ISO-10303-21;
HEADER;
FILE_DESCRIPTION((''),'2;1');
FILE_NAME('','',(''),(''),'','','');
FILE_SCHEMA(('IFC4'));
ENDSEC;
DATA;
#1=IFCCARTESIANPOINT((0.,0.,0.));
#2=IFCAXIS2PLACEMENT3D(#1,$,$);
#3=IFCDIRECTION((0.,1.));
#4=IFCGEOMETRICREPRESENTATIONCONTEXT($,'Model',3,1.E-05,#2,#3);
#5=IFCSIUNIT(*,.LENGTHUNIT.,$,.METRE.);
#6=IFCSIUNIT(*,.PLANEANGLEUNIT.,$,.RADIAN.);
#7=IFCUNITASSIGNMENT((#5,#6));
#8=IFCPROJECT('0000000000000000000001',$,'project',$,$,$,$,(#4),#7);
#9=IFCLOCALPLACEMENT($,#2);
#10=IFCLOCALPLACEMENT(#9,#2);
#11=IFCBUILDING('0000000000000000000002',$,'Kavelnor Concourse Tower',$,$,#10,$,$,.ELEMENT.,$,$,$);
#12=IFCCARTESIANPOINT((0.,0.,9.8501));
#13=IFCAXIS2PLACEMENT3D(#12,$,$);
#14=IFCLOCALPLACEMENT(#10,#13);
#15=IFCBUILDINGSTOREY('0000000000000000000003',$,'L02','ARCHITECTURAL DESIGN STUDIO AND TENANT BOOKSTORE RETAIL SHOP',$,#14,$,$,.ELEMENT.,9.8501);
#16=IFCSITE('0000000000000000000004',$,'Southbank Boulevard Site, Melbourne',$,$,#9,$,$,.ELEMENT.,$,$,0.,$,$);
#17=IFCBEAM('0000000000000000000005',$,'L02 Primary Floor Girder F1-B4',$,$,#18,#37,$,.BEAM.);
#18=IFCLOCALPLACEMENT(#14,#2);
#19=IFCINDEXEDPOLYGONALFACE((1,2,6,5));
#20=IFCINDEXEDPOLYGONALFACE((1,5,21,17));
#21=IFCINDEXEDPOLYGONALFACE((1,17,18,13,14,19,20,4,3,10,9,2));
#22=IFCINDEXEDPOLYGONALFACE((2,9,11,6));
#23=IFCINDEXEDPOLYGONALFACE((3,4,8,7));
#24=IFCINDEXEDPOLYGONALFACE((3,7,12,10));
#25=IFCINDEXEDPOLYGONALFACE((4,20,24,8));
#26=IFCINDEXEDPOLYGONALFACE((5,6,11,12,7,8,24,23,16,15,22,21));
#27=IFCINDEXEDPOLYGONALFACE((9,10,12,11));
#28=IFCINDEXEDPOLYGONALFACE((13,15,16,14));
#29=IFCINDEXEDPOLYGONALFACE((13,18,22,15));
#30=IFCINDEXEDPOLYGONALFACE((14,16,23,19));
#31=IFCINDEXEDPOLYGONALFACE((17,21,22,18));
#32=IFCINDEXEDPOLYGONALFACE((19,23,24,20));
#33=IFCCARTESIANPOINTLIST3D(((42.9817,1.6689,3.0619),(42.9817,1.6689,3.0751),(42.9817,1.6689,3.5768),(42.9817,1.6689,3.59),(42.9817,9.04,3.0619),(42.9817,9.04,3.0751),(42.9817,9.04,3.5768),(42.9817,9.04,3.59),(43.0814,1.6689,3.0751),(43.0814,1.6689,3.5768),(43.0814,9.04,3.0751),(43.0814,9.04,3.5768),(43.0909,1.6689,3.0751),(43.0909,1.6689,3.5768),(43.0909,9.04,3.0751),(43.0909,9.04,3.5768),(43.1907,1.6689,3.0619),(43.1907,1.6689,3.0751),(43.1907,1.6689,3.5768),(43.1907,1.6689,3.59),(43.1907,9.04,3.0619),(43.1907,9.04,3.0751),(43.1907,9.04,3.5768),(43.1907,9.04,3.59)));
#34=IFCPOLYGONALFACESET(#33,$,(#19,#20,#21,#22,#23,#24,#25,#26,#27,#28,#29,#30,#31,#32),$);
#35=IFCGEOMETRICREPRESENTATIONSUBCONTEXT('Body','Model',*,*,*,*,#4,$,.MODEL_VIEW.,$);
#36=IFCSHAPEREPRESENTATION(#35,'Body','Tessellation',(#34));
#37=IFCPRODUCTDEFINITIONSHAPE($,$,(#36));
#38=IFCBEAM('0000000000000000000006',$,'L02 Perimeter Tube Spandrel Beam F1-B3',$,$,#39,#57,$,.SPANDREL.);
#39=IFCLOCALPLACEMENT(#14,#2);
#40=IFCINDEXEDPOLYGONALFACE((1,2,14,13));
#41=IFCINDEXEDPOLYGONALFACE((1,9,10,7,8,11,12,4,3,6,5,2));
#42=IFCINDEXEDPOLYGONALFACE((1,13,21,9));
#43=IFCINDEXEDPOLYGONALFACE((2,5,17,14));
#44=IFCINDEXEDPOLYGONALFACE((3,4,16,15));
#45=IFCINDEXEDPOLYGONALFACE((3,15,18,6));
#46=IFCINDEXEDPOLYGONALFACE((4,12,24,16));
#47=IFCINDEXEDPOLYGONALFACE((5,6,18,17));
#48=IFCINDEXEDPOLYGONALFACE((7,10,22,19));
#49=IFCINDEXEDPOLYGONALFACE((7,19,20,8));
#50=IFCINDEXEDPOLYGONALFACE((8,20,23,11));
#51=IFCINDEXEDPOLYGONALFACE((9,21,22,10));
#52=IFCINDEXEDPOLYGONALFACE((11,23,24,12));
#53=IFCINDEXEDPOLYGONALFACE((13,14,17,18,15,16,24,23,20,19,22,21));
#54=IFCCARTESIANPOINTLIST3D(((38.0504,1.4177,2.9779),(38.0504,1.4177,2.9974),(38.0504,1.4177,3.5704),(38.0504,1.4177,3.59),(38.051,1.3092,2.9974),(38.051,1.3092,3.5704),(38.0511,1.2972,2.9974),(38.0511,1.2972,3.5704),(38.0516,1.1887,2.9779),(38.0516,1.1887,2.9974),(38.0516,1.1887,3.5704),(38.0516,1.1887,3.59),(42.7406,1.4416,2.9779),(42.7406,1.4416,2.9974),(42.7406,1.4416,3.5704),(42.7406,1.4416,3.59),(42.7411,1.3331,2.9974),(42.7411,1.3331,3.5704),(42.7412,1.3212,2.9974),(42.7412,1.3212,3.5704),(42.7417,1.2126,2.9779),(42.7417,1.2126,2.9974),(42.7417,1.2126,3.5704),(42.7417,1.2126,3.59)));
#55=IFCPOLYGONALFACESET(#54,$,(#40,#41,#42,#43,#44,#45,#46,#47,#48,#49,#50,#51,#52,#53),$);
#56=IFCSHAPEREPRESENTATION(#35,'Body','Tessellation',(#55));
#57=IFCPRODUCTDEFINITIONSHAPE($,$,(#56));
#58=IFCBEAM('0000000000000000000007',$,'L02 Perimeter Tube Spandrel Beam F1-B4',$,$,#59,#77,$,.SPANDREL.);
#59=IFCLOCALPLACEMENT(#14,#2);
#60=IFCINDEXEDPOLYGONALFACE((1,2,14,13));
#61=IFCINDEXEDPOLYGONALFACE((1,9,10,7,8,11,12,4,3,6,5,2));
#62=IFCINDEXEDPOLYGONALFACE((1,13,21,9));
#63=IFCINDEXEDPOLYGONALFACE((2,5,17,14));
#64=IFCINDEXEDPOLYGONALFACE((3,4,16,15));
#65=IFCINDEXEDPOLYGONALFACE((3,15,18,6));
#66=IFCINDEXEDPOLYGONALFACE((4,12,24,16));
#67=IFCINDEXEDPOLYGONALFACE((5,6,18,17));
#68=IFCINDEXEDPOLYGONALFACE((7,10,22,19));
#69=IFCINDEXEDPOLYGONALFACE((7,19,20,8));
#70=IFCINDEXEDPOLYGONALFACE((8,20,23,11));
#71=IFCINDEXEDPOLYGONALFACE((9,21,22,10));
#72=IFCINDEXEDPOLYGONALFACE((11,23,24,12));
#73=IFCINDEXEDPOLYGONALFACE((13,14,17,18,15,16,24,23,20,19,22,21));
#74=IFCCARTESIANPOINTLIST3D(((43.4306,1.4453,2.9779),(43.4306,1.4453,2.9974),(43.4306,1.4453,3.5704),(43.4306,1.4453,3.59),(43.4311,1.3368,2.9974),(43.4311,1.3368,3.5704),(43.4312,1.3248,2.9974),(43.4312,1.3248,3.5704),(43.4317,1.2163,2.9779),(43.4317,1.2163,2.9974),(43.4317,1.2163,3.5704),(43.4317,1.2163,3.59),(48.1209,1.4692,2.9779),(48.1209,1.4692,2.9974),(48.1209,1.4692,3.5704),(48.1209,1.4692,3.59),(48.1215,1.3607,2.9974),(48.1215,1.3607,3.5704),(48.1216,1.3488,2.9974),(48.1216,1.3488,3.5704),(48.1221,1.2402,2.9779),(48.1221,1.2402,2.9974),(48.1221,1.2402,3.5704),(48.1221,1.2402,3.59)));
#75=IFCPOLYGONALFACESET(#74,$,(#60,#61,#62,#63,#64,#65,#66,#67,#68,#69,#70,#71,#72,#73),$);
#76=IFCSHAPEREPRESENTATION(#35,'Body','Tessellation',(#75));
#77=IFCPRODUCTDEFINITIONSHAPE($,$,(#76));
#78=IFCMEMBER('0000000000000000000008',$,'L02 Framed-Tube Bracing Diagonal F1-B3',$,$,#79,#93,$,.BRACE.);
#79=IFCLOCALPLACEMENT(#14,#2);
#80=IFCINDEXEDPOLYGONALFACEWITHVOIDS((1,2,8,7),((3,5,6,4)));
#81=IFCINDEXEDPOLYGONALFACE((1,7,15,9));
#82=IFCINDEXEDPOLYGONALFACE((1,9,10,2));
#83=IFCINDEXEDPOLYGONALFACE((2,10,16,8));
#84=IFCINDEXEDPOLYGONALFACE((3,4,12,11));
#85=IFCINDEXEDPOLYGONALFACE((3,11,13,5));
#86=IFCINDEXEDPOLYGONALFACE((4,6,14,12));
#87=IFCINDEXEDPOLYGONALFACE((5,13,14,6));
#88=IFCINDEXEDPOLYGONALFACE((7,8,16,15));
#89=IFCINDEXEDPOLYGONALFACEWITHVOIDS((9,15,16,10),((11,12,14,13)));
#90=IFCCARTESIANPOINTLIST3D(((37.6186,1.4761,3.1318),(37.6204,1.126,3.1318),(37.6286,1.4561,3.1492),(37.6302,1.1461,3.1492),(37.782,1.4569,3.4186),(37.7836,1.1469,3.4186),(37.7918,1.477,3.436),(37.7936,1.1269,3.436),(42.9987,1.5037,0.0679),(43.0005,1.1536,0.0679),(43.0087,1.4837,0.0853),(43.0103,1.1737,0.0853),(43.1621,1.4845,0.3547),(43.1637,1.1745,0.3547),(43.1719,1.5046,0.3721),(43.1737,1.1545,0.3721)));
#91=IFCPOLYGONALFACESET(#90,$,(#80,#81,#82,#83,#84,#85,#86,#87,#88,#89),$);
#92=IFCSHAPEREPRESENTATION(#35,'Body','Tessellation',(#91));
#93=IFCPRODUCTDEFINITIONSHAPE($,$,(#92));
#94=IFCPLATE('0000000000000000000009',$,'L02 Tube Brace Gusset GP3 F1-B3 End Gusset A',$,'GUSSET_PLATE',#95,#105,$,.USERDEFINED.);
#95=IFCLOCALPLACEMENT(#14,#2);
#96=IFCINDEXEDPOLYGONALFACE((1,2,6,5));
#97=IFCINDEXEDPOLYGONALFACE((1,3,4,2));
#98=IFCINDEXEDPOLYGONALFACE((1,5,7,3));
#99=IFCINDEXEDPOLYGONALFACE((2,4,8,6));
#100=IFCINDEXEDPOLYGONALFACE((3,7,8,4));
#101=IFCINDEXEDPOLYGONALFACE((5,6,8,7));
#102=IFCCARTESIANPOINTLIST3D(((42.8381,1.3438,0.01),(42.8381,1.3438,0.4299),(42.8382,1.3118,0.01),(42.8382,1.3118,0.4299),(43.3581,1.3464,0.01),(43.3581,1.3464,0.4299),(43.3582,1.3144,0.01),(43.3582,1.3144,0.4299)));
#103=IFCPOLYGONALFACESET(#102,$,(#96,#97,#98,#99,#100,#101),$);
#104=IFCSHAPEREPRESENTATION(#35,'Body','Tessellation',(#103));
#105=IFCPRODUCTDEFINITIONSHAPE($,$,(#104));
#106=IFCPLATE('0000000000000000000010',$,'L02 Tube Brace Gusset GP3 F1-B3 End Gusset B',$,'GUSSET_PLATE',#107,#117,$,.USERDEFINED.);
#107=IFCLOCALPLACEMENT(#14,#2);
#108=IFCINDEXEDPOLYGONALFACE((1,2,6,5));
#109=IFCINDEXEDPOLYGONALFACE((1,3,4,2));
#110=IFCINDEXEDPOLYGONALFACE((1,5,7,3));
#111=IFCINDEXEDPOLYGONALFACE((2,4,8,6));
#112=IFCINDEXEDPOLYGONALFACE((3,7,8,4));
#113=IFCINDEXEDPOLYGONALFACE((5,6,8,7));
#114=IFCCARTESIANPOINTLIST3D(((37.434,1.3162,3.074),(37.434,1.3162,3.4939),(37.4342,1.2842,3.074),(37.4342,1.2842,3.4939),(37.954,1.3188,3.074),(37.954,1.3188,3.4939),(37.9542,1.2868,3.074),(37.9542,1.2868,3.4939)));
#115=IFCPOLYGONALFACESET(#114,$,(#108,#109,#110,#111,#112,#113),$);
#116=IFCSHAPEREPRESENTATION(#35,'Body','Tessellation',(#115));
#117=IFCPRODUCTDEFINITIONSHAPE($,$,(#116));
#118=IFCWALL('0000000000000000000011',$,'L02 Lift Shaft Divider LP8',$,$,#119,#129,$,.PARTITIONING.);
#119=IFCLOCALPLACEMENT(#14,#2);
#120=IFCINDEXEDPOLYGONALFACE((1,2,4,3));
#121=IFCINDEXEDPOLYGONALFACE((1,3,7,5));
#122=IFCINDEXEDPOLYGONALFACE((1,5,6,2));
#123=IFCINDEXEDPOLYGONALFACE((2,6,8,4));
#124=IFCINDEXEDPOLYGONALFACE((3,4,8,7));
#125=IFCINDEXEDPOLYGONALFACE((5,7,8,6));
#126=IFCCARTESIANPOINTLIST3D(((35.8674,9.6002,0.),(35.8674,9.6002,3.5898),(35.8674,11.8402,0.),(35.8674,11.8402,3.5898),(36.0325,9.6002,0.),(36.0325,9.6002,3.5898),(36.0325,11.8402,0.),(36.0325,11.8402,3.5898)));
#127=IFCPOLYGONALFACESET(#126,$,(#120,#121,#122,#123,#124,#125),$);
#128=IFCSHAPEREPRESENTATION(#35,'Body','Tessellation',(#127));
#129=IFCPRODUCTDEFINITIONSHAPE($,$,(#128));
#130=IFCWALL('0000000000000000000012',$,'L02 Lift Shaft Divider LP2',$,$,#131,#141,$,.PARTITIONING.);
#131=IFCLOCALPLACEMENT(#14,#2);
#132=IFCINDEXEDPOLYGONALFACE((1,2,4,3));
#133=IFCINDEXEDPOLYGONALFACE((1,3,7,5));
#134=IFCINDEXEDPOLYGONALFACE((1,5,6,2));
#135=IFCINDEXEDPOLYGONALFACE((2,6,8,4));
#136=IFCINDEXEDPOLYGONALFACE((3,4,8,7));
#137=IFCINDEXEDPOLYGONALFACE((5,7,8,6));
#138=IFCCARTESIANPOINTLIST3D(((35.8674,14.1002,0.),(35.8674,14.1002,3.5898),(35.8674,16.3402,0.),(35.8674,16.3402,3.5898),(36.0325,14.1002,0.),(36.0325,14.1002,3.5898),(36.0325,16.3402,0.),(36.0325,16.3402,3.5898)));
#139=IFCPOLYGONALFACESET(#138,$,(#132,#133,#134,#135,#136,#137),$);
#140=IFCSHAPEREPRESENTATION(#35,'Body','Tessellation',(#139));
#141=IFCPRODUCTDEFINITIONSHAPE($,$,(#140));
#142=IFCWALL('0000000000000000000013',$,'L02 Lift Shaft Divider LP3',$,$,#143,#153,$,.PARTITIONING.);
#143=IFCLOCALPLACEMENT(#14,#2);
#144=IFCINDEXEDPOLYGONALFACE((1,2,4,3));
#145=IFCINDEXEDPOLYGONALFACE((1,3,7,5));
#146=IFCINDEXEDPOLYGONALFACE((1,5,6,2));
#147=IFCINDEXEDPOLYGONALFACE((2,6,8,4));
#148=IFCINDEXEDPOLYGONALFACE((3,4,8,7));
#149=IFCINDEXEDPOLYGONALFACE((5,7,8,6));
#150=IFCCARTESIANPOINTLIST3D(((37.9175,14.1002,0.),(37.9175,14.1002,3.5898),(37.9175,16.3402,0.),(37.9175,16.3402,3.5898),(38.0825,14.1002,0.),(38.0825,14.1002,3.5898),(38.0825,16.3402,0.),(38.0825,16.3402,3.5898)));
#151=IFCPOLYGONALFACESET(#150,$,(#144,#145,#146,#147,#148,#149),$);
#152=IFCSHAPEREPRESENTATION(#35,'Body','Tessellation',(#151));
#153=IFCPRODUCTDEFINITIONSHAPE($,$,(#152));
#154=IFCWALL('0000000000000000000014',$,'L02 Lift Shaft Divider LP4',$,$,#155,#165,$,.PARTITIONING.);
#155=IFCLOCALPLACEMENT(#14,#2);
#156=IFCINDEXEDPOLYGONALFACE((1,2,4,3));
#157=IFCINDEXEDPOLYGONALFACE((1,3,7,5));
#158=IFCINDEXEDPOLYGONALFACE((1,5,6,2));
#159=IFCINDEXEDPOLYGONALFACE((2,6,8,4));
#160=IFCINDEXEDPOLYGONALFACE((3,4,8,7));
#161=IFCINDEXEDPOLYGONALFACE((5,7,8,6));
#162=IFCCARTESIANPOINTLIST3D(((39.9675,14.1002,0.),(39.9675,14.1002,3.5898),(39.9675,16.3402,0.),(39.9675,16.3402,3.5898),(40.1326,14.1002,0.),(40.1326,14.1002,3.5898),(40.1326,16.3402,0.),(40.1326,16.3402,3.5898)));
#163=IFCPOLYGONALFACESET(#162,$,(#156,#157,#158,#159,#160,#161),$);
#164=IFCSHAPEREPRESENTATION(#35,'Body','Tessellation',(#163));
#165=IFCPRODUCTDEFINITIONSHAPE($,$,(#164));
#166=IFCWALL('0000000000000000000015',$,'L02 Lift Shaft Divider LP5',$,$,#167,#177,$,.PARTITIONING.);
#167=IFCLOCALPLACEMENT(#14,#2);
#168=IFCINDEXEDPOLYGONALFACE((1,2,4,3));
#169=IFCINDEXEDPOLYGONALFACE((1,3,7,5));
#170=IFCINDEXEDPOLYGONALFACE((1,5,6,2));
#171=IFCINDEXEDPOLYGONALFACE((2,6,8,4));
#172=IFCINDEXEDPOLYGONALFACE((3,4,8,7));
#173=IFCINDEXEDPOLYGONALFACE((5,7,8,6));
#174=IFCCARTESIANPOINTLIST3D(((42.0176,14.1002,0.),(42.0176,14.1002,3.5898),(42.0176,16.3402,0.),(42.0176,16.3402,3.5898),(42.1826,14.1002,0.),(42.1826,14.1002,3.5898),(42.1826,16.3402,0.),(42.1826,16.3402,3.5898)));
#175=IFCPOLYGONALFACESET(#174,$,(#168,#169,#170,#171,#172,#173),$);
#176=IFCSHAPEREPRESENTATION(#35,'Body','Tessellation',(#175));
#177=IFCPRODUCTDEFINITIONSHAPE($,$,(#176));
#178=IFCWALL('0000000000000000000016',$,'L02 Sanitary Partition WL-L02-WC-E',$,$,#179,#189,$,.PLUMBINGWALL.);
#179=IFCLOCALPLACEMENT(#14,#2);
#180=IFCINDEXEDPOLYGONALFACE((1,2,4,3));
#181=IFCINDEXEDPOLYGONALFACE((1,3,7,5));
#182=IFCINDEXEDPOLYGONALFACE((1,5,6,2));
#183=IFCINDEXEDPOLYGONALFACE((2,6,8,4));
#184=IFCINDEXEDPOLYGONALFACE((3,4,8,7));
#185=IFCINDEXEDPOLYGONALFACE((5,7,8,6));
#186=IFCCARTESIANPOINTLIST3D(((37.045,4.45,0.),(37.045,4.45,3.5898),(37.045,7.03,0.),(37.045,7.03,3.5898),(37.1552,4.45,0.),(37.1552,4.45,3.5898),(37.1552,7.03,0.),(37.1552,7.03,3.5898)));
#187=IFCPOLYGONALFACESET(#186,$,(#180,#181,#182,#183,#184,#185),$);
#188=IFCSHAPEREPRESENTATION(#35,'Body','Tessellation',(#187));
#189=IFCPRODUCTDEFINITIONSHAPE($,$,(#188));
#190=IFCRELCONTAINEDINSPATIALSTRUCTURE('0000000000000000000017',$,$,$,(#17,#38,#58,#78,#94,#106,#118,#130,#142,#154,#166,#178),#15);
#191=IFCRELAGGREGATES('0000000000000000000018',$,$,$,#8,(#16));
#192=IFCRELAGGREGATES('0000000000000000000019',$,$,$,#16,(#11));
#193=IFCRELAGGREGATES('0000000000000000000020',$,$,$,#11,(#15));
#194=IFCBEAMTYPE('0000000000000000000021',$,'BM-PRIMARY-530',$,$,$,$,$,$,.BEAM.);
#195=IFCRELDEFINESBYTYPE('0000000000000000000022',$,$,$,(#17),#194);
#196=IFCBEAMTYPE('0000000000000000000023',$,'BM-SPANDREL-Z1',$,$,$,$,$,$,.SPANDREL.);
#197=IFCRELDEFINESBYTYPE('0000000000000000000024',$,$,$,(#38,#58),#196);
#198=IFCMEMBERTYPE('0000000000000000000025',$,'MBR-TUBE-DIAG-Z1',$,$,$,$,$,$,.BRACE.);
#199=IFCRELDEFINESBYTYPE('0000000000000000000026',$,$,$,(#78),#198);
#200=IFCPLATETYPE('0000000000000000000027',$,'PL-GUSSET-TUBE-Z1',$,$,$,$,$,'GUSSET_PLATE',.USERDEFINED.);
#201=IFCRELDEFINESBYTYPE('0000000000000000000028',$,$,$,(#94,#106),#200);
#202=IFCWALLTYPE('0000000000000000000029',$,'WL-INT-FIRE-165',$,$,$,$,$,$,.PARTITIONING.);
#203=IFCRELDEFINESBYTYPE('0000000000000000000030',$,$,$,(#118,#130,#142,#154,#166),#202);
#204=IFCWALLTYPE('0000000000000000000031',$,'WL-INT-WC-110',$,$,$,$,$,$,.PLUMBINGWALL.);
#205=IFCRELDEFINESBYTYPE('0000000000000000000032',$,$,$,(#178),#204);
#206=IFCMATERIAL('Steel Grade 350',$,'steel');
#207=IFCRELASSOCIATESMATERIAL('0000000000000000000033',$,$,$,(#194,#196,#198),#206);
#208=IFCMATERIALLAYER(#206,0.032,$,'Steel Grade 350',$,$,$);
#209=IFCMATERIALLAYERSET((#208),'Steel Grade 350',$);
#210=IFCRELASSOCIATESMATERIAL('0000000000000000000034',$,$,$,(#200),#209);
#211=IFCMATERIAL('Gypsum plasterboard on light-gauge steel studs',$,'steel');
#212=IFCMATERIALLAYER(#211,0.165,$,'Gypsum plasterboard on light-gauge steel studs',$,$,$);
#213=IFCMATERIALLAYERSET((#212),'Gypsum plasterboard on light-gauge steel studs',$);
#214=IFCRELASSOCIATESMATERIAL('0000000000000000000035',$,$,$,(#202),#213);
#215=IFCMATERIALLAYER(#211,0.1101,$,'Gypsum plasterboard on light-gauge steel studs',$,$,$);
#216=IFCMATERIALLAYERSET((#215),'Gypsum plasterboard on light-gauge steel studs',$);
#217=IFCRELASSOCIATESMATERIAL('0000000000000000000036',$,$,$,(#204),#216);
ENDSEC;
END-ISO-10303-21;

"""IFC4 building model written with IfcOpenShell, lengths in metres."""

from ifc_helpers import new_model, si_unit, direction, frame, frame_2d, origin, origin_2d, place, context, subcontext, project, spatial, rectangle, hollow_rectangle, i_section, extrude, material, layer, layer_set, material_profile, profile_set, type_object, element, save


model = new_model("IFC4")

# Units and contexts
model_context = context("Model", 3, precision=1e-05, world=origin(), true_north=direction((0.0, 1.0)))
body_context = subcontext(model_context, "Body", "Model", "MODEL_VIEW")
ifc_project = project(units=[si_unit("LENGTHUNIT", "METRE"), si_unit("PLANEANGLEUNIT", "RADIAN")], contexts=[model_context])

# Site, building, storey
site_placement = place(None, origin())
site = spatial("IfcSite", under=ifc_project, at=site_placement, Name="Southbank Boulevard Site, Melbourne", CompositionType="ELEMENT", RefElevation=0.0)
building_placement = place(site_placement, origin())
building = spatial("IfcBuilding", under=site, at=building_placement, Name="Kavelnor Concourse Tower", CompositionType="ELEMENT")
storey_placement = place(building_placement, frame((0.0, 0.0, 9.8501)))
storey = spatial("IfcBuildingStorey", under=building, at=storey_placement, Name="L02", Description="ARCHITECTURAL DESIGN STUDIO AND TENANT BOOKSTORE RETAIL SHOP", CompositionType="ELEMENT", Elevation=9.8501)

# Shared definitions
ifc_material_1 = material(Name="Steel Grade 350", Category="steel")

# Beams
ifc_material_profile_1 = material_profile(ifc_material_1, i_section(OverallWidth=0.209, OverallDepth=0.5281, WebThickness=0.0095, FlangeThickness=0.0132, at=origin_2d()), Name="530UB82")
ifc_profile_set_1 = profile_set([ifc_material_profile_1], Name="Steel Grade 350")
beam_type_1 = type_object("IfcBeamType", Name="BM-PRIMARY-530", PredefinedType="BEAM", material=ifc_profile_set_1)
beam_1_placement = place(storey_placement, frame((43.0862, 9.04, 3.3259), z_axis=(0.0, -1.0, 0.0), x_axis=(1.0, 0.0, 0.0)))
element("IfcBeam", 1, at=beam_1_placement, inside=storey, type_object=beam_type_1, Name="L02 Primary Floor Girder F1-B4", PredefinedType="BEAM", context=body_context, shape_type="SweptSolid", body=[
    extrude(i_section(OverallWidth=0.209, OverallDepth=0.5281, WebThickness=0.0095, FlangeThickness=0.0132, at=origin_2d()), origin(), (0.0, 0.0, 1.0), 7.3711),
])
ifc_material_profile_2 = material_profile(ifc_material_1, i_section(OverallWidth=0.229, OverallDepth=0.6121, WebThickness=0.012, FlangeThickness=0.0195, at=origin_2d()), Name="610UB125")
ifc_profile_set_2 = profile_set([ifc_material_profile_2], Name="Steel Grade 350")
beam_type_2 = type_object("IfcBeamType", Name="BM-SPANDREL-Z1", PredefinedType="SPANDREL", material=ifc_profile_set_2)
beam_2_placement = place(storey_placement, frame((38.051, 1.3032, 3.2839), z_axis=(0.999987, 0.005101, 0.0), x_axis=(-0.005101, 0.999987, 0.0)))
element("IfcBeam", 2, at=beam_2_placement, inside=storey, type_object=beam_type_2, Name="L02 Perimeter Tube Spandrel Beam F1-B3", PredefinedType="SPANDREL", context=body_context, shape_type="SweptSolid", body=[
    extrude(i_section(OverallWidth=0.229, OverallDepth=0.6121, WebThickness=0.012, FlangeThickness=0.0195, at=origin_2d()), origin(), (0.0, 0.0, 1.0), 4.6902),
])
beam_3_placement = place(storey_placement, frame((43.4312, 1.3308, 3.2839), z_axis=(0.999987, 0.005101, 0.0), x_axis=(-0.005101, 0.999987, 0.0)))
element("IfcBeam", 3, at=beam_3_placement, inside=storey, type_object=beam_type_2, Name="L02 Perimeter Tube Spandrel Beam F1-B4", PredefinedType="SPANDREL", context=body_context, shape_type="SweptSolid", body=[
    extrude(i_section(OverallWidth=0.229, OverallDepth=0.6121, WebThickness=0.012, FlangeThickness=0.0195, at=origin_2d()), origin(), (0.0, 0.0, 1.0), 4.6904),
])

# Member
ifc_material_profile_3 = material_profile(ifc_material_1, hollow_rectangle(XDim=0.3501, YDim=0.3501, WallThickness=0.02, at=origin_2d()), Name="SHS 350x350x20")
ifc_profile_set_3 = profile_set([ifc_material_profile_3], Name="Steel Grade 350")
member_type = type_object("IfcMemberType", Name="MBR-TUBE-DIAG-Z1", PredefinedType="BRACE", material=ifc_profile_set_3)
member_placement = place(storey_placement, frame((43.0862, 1.3291, 0.22), z_axis=(-0.868957, -0.004456, 0.494868), x_axis=(0.005128, -0.999987, 0.0)))
element("IfcMember", 4, at=member_placement, inside=storey, type_object=member_type, Name="L02 Framed-Tube Bracing Diagonal F1-B3", PredefinedType="BRACE", context=body_context, shape_type="SweptSolid", body=[
    extrude(hollow_rectangle(XDim=0.3501, YDim=0.3501, WallThickness=0.02, at=origin_2d()), origin(), (0.0, 0.0, 1.0), 6.1914),
])

# Plates
ifc_layer_1 = layer(ifc_material_1, 0.032, Name="Steel Grade 350")
ifc_layer_set_1 = layer_set([ifc_layer_1], Name="Steel Grade 350")
plate_type = type_object("IfcPlateType", Name="PL-GUSSET-TUBE-Z1", ElementType="GUSSET_PLATE", PredefinedType="USERDEFINED", material=ifc_layer_set_1)
for number, where, z_axis, x_axis, name in (
    (5, (43.0981, 1.3291, 0.01), (0.0, 0.0, 1.0), (-0.999987, -0.005061, 0.0), "L02 Tube Brace Gusset GP3 F1-B3 End Gusset A"),
    (6, (37.6941, 1.3015, 3.074), (0.0, 0.0, 1.0), (-0.999987, -0.005061, 0.0), "L02 Tube Brace Gusset GP3 F1-B3 End Gusset B"),
):
    element("IfcPlate", number, at=place(storey_placement, frame(where, z_axis=z_axis, x_axis=x_axis)), inside=storey, type_object=plate_type, Name=name, ObjectType="GUSSET_PLATE", PredefinedType="USERDEFINED", context=body_context, shape_type="SweptSolid", body=[
        extrude(rectangle(XDim=0.52, YDim=0.032, at=origin_2d()), origin(), (0.0, 0.0, 1.0), 0.4199),
    ])

# Walls
ifc_material_2 = material(Name="Gypsum plasterboard on light-gauge steel studs", Category="steel")
ifc_layer_2 = layer(ifc_material_2, 0.165, Name="Gypsum plasterboard on light-gauge steel studs")
ifc_layer_set_2 = layer_set([ifc_layer_2], Name="Gypsum plasterboard on light-gauge steel studs")
wall_type_1 = type_object("IfcWallType", Name="WL-INT-FIRE-165", PredefinedType="PARTITIONING", material=ifc_layer_set_2)
for number, where, z_axis, x_axis, name in (
    (7, (35.95, 9.6001, 0.0), (0.0, 0.0, 1.0), (0.0, 1.0, 0.0), "L02 Lift Shaft Divider LP8"),
    (8, (35.95, 14.1001, 0.0), (0.0, 0.0, 1.0), (0.0, 1.0, 0.0), "L02 Lift Shaft Divider LP2"),
    (9, (38.0, 14.1001, 0.0), (0.0, 0.0, 1.0), (0.0, 1.0, 0.0), "L02 Lift Shaft Divider LP3"),
    (10, (40.05, 14.1001, 0.0), (0.0, 0.0, 1.0), (0.0, 1.0, 0.0), "L02 Lift Shaft Divider LP4"),
    (11, (42.1001, 14.1001, 0.0), (0.0, 0.0, 1.0), (0.0, 1.0, 0.0), "L02 Lift Shaft Divider LP5"),
):
    element("IfcWall", number, at=place(storey_placement, frame(where, z_axis=z_axis, x_axis=x_axis)), inside=storey, type_object=wall_type_1, Name=name, PredefinedType="PARTITIONING", context=body_context, shape_type="SweptSolid", body=[
        extrude(rectangle(XDim=2.24, YDim=0.165, at=frame_2d((1.1201, 0.0))), origin(), (0.0, 0.0, 1.0), 3.5898),
    ])
ifc_layer_3 = layer(ifc_material_2, 0.1101, Name="Gypsum plasterboard on light-gauge steel studs")
ifc_layer_set_3 = layer_set([ifc_layer_3], Name="Gypsum plasterboard on light-gauge steel studs")
wall_type_2 = type_object("IfcWallType", Name="WL-INT-WC-110", PredefinedType="PLUMBINGWALL", material=ifc_layer_set_3)
wall_1_placement = place(storey_placement, frame((37.1001, 4.45, 0.0), z_axis=(0.0, 0.0, 1.0), x_axis=(0.0, 1.0, 0.0)))
element("IfcWall", 12, at=wall_1_placement, inside=storey, type_object=wall_type_2, Name="L02 Sanitary Partition WL-L02-WC-E", PredefinedType="PLUMBINGWALL", context=body_context, shape_type="SweptSolid", body=[
    extrude(rectangle(XDim=2.5801, YDim=0.1101, at=frame_2d((1.29, 0.0))), origin(), (0.0, 0.0, 1.0), 3.5898),
])

save(model, "model.ifc")
